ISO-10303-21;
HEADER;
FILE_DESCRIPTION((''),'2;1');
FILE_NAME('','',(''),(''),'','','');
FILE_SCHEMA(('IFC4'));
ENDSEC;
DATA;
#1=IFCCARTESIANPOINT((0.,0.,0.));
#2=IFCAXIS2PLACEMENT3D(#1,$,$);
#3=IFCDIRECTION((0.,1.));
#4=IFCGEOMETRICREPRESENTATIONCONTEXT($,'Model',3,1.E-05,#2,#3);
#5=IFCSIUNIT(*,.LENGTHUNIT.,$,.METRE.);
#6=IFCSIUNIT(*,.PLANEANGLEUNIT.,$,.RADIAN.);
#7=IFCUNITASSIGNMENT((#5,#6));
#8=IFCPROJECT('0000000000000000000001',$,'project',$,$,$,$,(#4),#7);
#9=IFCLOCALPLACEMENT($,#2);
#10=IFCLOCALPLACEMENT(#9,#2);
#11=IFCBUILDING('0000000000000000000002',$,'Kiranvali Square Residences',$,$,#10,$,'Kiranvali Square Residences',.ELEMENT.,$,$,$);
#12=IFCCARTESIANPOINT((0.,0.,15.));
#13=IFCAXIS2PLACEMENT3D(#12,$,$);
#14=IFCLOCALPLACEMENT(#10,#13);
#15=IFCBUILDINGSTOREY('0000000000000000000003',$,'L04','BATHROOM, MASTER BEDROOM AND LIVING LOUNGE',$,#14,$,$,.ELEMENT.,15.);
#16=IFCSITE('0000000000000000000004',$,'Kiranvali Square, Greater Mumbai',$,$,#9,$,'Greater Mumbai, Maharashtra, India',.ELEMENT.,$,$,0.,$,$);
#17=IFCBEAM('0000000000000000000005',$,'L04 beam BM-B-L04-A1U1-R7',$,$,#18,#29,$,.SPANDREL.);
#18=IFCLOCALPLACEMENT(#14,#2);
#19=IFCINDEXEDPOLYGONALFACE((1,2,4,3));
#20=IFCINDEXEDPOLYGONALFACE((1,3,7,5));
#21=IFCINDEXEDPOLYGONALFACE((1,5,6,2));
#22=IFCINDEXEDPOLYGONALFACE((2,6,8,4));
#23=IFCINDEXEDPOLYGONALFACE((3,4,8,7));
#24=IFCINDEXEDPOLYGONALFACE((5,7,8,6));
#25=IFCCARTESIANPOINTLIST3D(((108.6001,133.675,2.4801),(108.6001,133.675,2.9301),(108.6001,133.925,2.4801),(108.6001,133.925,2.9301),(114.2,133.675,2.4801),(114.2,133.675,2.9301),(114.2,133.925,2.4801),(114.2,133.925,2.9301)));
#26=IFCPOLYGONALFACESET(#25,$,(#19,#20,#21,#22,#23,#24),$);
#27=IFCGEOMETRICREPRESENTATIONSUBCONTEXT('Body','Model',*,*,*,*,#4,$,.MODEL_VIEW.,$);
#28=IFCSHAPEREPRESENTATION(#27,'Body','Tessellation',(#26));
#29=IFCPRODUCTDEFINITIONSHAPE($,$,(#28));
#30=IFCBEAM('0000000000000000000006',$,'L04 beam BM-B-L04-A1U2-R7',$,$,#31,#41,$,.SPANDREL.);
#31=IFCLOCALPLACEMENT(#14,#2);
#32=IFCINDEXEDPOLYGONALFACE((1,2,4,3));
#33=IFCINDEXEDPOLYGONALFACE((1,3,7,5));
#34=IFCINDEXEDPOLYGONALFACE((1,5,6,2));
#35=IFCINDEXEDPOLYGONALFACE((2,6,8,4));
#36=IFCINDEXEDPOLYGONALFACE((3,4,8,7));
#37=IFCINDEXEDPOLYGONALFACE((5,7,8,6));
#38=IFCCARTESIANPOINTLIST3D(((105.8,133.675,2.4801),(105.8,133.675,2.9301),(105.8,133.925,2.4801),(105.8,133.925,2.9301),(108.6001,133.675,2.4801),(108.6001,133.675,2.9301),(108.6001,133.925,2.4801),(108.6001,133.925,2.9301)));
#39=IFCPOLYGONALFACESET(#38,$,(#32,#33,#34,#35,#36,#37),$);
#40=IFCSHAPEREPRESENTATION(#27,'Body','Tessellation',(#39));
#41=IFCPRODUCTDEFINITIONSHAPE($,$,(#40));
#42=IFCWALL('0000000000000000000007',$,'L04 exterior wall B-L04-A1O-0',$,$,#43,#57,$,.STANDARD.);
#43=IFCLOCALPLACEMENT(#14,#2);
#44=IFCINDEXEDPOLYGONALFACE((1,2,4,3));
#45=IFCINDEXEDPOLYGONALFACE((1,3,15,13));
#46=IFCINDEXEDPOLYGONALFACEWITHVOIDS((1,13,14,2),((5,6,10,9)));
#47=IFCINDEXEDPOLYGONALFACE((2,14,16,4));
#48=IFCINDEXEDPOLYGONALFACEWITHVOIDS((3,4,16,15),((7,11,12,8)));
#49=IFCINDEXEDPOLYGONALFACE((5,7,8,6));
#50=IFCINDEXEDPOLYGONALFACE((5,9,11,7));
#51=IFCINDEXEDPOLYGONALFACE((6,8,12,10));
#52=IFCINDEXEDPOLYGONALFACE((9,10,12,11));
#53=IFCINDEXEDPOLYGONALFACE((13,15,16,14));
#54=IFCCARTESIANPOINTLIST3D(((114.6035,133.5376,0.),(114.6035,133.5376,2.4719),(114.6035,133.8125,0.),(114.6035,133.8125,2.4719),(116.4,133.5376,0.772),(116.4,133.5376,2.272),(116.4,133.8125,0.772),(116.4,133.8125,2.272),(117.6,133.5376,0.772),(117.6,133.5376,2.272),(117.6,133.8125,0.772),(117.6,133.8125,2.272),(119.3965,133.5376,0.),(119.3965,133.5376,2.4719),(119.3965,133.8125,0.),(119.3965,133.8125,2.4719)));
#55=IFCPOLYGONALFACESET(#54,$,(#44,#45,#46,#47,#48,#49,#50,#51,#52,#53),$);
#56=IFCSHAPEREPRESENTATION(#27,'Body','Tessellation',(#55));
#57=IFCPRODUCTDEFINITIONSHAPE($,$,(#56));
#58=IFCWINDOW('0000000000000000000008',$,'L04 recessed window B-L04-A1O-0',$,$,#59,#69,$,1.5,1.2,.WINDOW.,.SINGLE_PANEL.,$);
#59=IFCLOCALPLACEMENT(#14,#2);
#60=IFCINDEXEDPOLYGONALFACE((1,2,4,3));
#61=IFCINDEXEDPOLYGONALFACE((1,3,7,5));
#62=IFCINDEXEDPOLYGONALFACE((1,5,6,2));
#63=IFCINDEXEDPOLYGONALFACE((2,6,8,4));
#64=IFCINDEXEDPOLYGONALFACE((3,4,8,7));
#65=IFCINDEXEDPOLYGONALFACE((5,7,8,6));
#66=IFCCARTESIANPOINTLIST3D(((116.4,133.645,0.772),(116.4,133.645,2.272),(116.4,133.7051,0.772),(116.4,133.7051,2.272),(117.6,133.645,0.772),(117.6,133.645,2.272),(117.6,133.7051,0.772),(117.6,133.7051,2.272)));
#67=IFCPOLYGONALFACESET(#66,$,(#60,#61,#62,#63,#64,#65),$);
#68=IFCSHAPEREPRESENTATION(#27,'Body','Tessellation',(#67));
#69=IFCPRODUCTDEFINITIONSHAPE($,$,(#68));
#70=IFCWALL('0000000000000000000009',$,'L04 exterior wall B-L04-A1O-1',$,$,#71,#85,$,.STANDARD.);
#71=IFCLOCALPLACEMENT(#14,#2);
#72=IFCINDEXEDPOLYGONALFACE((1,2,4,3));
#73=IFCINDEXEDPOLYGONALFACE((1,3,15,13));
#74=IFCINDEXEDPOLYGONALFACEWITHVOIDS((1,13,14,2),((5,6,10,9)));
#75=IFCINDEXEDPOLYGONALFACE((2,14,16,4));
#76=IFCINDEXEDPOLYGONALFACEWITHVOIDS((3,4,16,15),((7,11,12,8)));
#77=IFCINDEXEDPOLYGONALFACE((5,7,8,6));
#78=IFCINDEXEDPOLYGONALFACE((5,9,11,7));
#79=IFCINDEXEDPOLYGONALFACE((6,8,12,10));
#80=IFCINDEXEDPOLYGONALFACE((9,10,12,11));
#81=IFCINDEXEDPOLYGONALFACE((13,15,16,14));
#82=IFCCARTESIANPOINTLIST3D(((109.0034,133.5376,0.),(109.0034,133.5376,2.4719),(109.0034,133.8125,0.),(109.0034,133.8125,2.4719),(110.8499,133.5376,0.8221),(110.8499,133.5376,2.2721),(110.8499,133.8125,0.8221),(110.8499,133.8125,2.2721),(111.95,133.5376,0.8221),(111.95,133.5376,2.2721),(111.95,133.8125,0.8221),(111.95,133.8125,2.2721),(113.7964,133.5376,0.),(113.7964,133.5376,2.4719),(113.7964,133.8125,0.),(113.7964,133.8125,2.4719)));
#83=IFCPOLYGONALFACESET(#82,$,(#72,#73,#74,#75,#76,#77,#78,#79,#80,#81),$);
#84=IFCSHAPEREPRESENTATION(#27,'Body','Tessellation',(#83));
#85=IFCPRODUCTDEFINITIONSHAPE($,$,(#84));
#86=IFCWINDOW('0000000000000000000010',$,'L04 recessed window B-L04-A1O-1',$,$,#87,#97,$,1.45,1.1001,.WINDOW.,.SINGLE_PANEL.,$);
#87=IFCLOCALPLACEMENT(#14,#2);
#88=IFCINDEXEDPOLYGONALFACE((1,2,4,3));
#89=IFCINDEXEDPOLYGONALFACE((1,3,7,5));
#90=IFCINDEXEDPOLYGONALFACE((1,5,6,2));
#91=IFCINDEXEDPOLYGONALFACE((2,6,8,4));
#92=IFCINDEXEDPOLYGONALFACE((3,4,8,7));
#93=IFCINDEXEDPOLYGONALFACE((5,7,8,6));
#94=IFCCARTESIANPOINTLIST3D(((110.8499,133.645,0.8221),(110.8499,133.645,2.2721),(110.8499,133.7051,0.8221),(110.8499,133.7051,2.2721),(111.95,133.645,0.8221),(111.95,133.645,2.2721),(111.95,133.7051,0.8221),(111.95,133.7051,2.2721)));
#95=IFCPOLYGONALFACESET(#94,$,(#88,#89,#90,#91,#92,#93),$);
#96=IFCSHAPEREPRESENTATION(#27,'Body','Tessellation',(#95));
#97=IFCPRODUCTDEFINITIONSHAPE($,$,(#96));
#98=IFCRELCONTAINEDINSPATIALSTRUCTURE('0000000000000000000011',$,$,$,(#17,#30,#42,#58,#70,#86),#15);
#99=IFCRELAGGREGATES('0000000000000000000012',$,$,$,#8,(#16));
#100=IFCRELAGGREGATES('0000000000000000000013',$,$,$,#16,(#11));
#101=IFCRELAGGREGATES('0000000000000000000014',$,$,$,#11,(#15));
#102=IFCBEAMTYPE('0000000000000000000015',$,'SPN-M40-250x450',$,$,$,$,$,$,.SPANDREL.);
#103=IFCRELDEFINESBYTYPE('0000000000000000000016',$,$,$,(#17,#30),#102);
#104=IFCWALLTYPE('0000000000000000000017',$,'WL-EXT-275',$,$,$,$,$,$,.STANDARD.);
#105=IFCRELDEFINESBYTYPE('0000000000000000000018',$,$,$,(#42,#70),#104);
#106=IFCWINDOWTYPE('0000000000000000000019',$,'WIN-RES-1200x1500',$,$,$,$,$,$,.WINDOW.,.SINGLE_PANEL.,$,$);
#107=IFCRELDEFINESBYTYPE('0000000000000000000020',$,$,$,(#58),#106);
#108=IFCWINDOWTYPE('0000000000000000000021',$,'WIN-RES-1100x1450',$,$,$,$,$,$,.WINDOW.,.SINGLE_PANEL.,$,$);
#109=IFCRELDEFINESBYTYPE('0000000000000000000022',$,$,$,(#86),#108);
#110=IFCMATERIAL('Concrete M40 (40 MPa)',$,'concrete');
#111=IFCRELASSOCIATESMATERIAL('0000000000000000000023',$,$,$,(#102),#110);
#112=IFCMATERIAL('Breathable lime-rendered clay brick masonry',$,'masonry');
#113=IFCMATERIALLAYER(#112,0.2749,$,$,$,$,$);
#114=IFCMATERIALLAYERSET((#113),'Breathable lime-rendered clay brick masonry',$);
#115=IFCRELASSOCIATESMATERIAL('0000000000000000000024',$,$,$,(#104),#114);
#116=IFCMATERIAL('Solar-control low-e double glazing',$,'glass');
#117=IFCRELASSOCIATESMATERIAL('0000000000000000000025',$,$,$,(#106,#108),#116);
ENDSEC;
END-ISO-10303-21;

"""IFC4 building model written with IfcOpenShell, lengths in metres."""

from ifc_helpers import new_model, si_unit, direction, frame, frame_2d, origin, origin_2d, place, context, subcontext, project, spatial, rectangle, extrude, material, layer, layer_set, material_profile, profile_set, type_object, element, fill, save


model = new_model("IFC4")

# Units and contexts
model_context = context("Model", 3, precision=1e-05, world=origin(), true_north=direction((0.0, 1.0)))
body_context = subcontext(model_context, "Body", "Model", "MODEL_VIEW")
ifc_project = project(units=[si_unit("LENGTHUNIT", "METRE"), si_unit("PLANEANGLEUNIT", "RADIAN")], contexts=[model_context])

# Site, building, storey
site_placement = place(None, origin())
site = spatial("IfcSite", under=ifc_project, at=site_placement, Name="Kiranvali Square, Greater Mumbai", LongName="Greater Mumbai, Maharashtra, India", CompositionType="ELEMENT", RefElevation=0.0)
building_placement = place(site_placement, origin())
building = spatial("IfcBuilding", under=site, at=building_placement, Name="Kiranvali Square Residences", LongName="Kiranvali Square Residences", CompositionType="ELEMENT")
storey_placement = place(building_placement, frame((0.0, 0.0, 15.0)))
storey = spatial("IfcBuildingStorey", under=building, at=storey_placement, Name="L04", Description="BATHROOM, MASTER BEDROOM AND LIVING LOUNGE", CompositionType="ELEMENT", Elevation=15.0)

# Beams
ifc_material_1 = material(Name="Concrete M40 (40 MPa)", Category="concrete")
ifc_material_profile_1 = material_profile(ifc_material_1, rectangle(XDim=0.25, YDim=0.45, at=origin_2d()), Name="RC 250x450")
ifc_profile_set_1 = profile_set([ifc_material_profile_1], Name="Concrete M40 (40 MPa)")
beam_type_1 = type_object("IfcBeamType", Name="SPN-M40-250x450", PredefinedType="SPANDREL", material=ifc_profile_set_1)
beam_1_placement = place(storey_placement, frame((114.2, 133.8, 2.7051), z_axis=(-1.0, 0.0, 0.0), x_axis=(0.0, -1.0, 0.0)))
element("IfcBeam", 1, at=beam_1_placement, inside=storey, type_object=beam_type_1, Name="L04 beam BM-B-L04-A1U1-R7", PredefinedType="SPANDREL", context=body_context, shape_type="SweptSolid", body=[
    extrude(rectangle(XDim=0.25, YDim=0.45, at=origin_2d()), origin(), (0.0, 0.0, 1.0), 5.5999),
])
beam_2_placement = place(storey_placement, frame((108.6001, 133.8, 2.7051), z_axis=(-1.0, 0.0, 0.0), x_axis=(0.0, -1.0, 0.0)))
element("IfcBeam", 2, at=beam_2_placement, inside=storey, type_object=beam_type_1, Name="L04 beam BM-B-L04-A1U2-R7", PredefinedType="SPANDREL", context=body_context, shape_type="SweptSolid", body=[
    extrude(rectangle(XDim=0.25, YDim=0.45, at=origin_2d()), origin(), (0.0, 0.0, 1.0), 2.8),
])

# Walls, openings, windows
ifc_material_2 = material(Name="Breathable lime-rendered clay brick masonry", Category="masonry")
ifc_layer = layer(ifc_material_2, 0.2749)
ifc_layer_set = layer_set([ifc_layer], Name="Breathable lime-rendered clay brick masonry")
wall_type = type_object("IfcWallType", Name="WL-EXT-275", PredefinedType="STANDARD", material=ifc_layer_set)
wall_1_placement = place(storey_placement, frame((119.3965, 133.675, 0.0), z_axis=(0.0, 0.0, 1.0), x_axis=(-1.0, 0.0, 0.0)))
wall_1 = element("IfcWall", 3, at=wall_1_placement, inside=storey, type_object=wall_type, Name="L04 exterior wall B-L04-A1O-0", PredefinedType="STANDARD", context=body_context, shape_type="SweptSolid", body=[
    extrude(rectangle(XDim=4.793, YDim=0.2749, at=frame_2d((2.3965, 0.0))), origin(), (0.0, 0.0, 1.0), 2.4719),
])
opening_1_placement = place(wall_1_placement, frame((1.7964, 0.0, 0.772)))
opening_1 = element("IfcOpeningElement", 4, at=opening_1_placement, cuts=wall_1, PredefinedType="OPENING", context=body_context, shape_type="SweptSolid", body=[
    extrude(rectangle(XDim=1.2, YDim=1.5, at=frame_2d((0.6001, 0.75))), frame((0.0, 0.1475, 0.0), z_axis=(0.0, -1.0, 0.0), x_axis=(1.0, 0.0, 0.0)), (0.0, 0.0, 1.0), 0.2949),
])
ifc_material_3 = material(Name="Solar-control low-e double glazing", Category="glass")
window_type_1 = type_object("IfcWindowType", Name="WIN-RES-1200x1500", PartitioningType="SINGLE_PANEL", PredefinedType="WINDOW", material=ifc_material_3)
window_1_placement = place(opening_1_placement, origin())
window_1 = element("IfcWindow", 5, at=window_1_placement, inside=storey, type_object=window_type_1, Name="L04 recessed window B-L04-A1O-0", OverallHeight=1.5, OverallWidth=1.2, PartitioningType="SINGLE_PANEL", PredefinedType="WINDOW", context=body_context, shape_type="SweptSolid", body=[
    extrude(rectangle(XDim=1.2, YDim=1.5, at=frame_2d((0.6001, 0.75))), frame((0.0, 0.03, 0.0), z_axis=(0.0, -1.0, 0.0), x_axis=(1.0, 0.0, 0.0)), (0.0, 0.0, 1.0), 0.0601),
])
fill(opening_1, window_1)
wall_2_placement = place(storey_placement, frame((113.7964, 133.675, 0.0), z_axis=(0.0, 0.0, 1.0), x_axis=(-1.0, 0.0, 0.0)))
wall_2 = element("IfcWall", 6, at=wall_2_placement, inside=storey, type_object=wall_type, Name="L04 exterior wall B-L04-A1O-1", PredefinedType="STANDARD", context=body_context, shape_type="SweptSolid", body=[
    extrude(rectangle(XDim=4.793, YDim=0.2749, at=frame_2d((2.3965, 0.0))), origin(), (0.0, 0.0, 1.0), 2.4719),
])
opening_2_placement = place(wall_2_placement, frame((1.8464, 0.0, 0.822)))
opening_2 = element("IfcOpeningElement", 7, at=opening_2_placement, cuts=wall_2, PredefinedType="OPENING", context=body_context, shape_type="SweptSolid", body=[
    extrude(rectangle(XDim=1.1001, YDim=1.45, at=frame_2d((0.55, 0.7251))), frame((0.0, 0.1475, 0.0), z_axis=(0.0, -1.0, 0.0), x_axis=(1.0, 0.0, 0.0)), (0.0, 0.0, 1.0), 0.2949),
])
window_type_2 = type_object("IfcWindowType", Name="WIN-RES-1100x1450", PartitioningType="SINGLE_PANEL", PredefinedType="WINDOW", material=ifc_material_3)
window_2_placement = place(opening_2_placement, origin())
window_2 = element("IfcWindow", 8, at=window_2_placement, inside=storey, type_object=window_type_2, Name="L04 recessed window B-L04-A1O-1", OverallHeight=1.45, OverallWidth=1.1001, PartitioningType="SINGLE_PANEL", PredefinedType="WINDOW", context=body_context, shape_type="SweptSolid", body=[
    extrude(rectangle(XDim=1.1001, YDim=1.45, at=frame_2d((0.55, 0.7251))), frame((0.0, 0.03, 0.0), z_axis=(0.0, -1.0, 0.0), x_axis=(1.0, 0.0, 0.0)), (0.0, 0.0, 1.0), 0.0601),
])
fill(opening_2, window_2)

save(model, "model.ifc")
